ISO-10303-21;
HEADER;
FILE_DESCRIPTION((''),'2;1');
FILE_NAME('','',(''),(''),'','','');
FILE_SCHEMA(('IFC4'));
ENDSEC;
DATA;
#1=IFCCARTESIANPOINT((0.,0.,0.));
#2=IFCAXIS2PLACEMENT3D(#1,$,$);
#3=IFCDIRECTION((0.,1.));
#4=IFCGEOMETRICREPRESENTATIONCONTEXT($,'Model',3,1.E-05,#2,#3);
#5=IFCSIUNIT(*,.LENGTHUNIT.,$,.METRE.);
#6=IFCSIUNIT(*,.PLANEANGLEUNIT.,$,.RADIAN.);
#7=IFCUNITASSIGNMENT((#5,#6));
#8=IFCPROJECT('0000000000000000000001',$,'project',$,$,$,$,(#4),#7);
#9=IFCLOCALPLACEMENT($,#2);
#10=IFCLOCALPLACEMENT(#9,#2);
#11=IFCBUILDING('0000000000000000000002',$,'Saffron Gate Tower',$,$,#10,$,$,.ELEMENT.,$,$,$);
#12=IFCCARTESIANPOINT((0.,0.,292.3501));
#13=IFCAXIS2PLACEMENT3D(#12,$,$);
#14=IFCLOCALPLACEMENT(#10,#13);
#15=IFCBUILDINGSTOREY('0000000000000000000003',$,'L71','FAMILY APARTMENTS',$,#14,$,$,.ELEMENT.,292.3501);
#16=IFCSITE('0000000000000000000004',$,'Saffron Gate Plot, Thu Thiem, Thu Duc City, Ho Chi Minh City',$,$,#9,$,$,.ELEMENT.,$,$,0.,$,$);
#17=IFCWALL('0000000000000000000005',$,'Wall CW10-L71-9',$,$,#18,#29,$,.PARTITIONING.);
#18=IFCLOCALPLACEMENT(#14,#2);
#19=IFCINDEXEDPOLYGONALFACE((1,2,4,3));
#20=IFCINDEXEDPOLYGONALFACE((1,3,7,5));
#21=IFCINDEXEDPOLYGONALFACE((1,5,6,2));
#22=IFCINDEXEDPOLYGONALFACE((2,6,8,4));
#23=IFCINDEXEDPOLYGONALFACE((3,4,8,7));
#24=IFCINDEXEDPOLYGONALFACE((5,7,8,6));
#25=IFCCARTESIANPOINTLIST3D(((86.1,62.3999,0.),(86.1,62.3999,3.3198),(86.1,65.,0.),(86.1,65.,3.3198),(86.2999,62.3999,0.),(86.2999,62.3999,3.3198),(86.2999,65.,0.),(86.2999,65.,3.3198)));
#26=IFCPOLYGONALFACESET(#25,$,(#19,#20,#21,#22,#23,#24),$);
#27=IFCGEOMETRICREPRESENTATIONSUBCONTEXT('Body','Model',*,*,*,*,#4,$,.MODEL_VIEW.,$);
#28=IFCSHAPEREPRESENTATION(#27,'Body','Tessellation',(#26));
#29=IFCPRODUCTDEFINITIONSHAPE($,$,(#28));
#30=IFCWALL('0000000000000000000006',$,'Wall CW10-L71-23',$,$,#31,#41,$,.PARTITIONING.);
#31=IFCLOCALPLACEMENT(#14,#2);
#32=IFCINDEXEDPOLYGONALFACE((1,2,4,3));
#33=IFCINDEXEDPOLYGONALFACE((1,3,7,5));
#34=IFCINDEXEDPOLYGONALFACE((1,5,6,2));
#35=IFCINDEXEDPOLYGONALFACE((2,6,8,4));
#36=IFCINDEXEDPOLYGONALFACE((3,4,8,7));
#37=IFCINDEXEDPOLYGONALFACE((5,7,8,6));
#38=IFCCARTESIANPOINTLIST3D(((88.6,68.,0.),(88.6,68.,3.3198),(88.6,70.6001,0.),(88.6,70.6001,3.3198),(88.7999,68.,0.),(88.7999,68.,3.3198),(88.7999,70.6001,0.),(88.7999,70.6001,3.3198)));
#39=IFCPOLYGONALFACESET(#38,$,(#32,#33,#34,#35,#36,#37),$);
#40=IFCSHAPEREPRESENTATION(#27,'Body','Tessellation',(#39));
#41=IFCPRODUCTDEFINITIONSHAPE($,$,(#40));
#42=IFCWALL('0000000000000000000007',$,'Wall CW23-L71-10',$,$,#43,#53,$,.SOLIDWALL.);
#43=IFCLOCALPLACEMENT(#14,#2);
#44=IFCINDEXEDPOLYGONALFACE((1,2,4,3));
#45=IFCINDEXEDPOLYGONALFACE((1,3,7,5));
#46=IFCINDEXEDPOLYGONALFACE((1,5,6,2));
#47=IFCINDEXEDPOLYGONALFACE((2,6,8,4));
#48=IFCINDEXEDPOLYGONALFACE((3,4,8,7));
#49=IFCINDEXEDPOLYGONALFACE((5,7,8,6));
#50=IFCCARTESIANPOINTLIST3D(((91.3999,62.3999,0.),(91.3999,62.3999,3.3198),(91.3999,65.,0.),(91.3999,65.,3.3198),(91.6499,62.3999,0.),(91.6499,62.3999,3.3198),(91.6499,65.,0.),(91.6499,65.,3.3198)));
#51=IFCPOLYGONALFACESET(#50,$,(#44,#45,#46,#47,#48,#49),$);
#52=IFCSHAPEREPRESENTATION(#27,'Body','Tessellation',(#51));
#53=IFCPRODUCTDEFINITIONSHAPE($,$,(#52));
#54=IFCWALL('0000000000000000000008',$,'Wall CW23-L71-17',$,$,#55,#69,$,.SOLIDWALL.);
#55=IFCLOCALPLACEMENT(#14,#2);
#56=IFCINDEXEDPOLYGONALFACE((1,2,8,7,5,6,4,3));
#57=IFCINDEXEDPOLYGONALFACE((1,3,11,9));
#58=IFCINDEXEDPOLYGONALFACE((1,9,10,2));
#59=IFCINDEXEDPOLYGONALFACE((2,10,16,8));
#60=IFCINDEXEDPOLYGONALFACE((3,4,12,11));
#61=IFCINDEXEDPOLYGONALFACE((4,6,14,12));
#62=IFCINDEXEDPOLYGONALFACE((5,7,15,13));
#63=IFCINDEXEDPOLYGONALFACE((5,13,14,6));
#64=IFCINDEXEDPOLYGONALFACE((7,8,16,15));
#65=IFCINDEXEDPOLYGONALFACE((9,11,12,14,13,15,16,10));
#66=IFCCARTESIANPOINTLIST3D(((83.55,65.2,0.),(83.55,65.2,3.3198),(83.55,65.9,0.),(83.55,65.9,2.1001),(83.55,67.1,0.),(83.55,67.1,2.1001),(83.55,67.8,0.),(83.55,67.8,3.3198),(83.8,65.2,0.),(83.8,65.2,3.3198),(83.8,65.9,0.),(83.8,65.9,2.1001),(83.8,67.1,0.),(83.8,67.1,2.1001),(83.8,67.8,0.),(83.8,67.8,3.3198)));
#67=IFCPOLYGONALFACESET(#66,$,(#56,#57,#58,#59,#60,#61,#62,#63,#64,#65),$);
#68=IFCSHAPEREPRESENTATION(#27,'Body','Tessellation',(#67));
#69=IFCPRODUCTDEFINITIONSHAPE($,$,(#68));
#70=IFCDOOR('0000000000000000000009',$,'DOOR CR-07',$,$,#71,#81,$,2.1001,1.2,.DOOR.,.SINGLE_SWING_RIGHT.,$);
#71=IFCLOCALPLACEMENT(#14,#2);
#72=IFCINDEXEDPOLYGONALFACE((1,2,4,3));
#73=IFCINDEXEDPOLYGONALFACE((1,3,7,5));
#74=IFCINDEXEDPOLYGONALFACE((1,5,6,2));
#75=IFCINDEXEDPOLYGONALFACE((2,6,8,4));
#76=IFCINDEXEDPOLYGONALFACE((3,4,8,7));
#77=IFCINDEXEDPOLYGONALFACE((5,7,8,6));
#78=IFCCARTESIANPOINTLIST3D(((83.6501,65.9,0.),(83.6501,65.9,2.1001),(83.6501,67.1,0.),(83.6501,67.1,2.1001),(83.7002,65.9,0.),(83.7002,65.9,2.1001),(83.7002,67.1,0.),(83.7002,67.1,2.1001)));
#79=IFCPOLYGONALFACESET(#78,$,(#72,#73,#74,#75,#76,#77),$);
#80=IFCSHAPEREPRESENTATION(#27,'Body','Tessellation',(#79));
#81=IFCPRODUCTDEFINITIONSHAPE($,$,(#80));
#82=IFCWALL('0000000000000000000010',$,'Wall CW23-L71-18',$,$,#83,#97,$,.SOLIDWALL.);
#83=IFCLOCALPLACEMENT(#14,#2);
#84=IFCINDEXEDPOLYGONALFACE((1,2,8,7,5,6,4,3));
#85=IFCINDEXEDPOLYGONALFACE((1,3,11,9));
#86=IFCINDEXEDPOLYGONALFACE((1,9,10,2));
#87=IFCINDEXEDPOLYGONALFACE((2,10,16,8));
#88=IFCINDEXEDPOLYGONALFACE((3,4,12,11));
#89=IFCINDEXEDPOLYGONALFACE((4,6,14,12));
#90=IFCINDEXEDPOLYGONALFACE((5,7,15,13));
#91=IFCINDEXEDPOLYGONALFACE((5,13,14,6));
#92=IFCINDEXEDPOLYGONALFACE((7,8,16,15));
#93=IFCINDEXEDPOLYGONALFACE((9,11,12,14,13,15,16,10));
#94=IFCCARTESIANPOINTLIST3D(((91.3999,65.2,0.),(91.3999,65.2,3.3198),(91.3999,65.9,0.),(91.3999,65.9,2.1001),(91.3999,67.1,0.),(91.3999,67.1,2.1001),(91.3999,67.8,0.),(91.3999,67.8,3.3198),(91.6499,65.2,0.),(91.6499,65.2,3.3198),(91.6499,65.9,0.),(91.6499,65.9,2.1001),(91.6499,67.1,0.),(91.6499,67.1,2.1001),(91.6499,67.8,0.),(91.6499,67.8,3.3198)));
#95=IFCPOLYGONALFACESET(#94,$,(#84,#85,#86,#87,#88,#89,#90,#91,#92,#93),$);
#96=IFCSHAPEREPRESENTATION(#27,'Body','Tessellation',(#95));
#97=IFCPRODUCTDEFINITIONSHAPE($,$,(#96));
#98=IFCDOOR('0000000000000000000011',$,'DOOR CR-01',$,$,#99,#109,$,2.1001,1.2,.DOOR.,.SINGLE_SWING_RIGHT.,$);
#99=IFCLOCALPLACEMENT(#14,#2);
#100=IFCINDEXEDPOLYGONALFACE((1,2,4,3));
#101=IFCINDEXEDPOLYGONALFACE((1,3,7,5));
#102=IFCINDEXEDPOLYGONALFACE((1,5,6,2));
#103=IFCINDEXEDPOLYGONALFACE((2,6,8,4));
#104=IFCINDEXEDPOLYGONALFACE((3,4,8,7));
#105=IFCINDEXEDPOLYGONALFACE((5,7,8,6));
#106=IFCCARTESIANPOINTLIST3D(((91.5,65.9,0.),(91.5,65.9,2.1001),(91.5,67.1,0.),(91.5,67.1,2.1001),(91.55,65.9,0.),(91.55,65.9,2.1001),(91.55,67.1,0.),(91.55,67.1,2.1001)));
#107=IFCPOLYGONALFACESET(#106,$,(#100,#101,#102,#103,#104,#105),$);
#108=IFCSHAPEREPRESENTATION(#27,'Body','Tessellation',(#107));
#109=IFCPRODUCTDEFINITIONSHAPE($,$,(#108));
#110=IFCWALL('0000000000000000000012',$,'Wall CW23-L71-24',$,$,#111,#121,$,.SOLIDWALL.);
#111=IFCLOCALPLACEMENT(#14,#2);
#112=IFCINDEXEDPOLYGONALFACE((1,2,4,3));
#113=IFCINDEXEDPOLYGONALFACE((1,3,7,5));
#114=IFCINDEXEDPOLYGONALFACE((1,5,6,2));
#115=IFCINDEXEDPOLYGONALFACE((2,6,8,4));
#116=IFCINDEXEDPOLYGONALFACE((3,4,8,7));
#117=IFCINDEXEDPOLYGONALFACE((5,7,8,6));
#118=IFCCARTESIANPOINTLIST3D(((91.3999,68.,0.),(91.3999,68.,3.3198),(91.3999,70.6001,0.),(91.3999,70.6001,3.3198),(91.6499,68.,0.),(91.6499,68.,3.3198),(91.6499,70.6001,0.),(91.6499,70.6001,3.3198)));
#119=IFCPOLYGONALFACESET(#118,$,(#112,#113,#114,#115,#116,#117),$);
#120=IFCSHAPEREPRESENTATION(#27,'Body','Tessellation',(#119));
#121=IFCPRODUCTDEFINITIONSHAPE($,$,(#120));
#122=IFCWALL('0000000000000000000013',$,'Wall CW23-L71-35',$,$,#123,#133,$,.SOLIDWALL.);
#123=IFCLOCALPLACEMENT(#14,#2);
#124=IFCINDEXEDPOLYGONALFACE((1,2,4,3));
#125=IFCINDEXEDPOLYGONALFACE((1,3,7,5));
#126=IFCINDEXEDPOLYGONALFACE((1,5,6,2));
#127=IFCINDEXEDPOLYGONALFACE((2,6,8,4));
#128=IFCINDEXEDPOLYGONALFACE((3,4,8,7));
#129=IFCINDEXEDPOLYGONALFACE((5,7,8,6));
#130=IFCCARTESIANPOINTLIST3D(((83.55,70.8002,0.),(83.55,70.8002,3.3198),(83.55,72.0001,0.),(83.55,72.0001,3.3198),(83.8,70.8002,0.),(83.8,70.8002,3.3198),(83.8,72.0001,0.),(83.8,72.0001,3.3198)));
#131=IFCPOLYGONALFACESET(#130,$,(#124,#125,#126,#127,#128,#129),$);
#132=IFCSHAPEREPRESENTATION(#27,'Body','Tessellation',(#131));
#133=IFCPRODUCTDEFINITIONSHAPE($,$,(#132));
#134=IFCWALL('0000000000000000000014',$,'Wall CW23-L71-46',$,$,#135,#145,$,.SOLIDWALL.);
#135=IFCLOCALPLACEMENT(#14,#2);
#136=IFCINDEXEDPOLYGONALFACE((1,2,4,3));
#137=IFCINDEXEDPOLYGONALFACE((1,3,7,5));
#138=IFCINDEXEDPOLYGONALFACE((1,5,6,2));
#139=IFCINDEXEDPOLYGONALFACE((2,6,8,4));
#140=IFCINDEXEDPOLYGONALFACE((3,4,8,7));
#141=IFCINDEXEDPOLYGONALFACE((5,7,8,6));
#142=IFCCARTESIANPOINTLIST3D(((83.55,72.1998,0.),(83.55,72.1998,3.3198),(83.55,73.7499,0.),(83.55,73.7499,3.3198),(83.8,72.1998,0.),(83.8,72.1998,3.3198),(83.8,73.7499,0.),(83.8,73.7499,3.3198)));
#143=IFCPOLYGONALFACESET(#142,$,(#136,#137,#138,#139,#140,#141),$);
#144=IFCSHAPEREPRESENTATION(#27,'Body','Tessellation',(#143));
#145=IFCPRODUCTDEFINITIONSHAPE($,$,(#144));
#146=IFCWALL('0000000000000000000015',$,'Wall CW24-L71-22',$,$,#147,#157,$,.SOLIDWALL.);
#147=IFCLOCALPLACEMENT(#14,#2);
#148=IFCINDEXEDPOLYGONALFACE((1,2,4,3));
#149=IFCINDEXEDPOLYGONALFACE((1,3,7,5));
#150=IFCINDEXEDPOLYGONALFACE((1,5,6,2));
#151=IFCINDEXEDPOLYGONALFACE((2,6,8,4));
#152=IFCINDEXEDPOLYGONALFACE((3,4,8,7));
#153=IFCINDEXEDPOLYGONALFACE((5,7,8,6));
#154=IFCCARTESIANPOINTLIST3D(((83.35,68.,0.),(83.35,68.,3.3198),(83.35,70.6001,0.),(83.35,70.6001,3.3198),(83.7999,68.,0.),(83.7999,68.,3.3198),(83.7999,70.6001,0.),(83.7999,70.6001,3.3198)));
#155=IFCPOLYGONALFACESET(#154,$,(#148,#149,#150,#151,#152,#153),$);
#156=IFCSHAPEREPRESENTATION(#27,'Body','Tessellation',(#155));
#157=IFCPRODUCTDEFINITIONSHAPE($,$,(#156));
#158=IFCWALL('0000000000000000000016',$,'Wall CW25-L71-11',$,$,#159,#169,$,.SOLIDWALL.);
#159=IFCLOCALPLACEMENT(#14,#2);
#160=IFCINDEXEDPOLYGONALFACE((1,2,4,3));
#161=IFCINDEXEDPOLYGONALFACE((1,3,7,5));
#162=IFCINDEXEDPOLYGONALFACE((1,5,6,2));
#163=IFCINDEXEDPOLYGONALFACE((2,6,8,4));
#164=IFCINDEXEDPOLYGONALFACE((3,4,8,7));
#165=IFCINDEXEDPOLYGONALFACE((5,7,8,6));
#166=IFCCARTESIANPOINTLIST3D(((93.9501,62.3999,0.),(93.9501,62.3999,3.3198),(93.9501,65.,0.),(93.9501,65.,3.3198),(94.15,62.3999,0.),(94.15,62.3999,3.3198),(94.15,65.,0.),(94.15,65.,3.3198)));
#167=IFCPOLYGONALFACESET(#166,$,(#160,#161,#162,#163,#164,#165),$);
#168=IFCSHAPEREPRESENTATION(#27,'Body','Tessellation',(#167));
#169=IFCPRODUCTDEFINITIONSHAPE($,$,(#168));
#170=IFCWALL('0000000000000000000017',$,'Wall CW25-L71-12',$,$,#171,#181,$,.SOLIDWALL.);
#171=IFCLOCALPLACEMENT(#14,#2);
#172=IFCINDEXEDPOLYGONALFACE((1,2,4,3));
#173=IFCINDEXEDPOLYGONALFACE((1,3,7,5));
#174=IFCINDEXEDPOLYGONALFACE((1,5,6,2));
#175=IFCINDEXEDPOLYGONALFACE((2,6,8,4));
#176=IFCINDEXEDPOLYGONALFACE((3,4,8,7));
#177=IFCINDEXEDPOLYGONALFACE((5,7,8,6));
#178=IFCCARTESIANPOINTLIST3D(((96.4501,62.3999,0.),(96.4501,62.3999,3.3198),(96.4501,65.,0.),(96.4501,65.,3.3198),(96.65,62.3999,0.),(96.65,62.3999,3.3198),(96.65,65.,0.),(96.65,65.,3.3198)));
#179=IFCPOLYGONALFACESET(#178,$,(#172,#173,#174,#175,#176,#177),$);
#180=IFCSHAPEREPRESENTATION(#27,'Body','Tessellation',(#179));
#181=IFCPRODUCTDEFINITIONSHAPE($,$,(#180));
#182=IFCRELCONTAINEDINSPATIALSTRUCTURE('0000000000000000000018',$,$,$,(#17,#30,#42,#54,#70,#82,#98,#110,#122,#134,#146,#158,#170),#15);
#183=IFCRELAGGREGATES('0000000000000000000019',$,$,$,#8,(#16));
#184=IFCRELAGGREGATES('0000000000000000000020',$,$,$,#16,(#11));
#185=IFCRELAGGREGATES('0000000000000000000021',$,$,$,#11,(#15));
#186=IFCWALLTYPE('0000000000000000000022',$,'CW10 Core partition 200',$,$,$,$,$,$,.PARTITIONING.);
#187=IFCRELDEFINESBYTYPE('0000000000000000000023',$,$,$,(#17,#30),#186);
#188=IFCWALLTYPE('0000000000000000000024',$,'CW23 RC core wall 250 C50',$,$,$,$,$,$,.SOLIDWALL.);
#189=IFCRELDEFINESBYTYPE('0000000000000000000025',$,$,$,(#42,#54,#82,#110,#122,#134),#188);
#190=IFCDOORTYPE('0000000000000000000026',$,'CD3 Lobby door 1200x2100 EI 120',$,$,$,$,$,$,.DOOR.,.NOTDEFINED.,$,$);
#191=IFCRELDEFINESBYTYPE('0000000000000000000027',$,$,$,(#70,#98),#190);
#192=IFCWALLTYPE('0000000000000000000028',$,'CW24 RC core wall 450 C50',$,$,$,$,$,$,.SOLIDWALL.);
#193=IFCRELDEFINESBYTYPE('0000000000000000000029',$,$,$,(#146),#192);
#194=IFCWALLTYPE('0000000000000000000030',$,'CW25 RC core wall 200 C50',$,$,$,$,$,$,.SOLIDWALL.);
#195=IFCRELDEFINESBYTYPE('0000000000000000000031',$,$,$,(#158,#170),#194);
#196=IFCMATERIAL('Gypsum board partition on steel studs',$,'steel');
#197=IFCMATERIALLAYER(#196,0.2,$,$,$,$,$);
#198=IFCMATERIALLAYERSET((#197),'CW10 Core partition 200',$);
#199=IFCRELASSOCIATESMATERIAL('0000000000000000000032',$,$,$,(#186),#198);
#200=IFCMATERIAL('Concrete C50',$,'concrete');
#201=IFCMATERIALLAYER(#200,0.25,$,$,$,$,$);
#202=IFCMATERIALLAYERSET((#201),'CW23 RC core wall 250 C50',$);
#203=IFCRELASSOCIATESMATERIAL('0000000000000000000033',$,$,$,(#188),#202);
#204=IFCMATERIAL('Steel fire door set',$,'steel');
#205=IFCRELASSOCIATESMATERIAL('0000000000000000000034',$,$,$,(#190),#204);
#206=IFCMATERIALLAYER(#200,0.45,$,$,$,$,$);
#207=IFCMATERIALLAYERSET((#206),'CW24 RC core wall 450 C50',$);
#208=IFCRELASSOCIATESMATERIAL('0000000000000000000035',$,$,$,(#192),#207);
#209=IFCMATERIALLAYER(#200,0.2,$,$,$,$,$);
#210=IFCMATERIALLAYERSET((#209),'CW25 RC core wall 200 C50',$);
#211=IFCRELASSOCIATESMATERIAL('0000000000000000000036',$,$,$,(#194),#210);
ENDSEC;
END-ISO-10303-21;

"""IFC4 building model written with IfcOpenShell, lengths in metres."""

from ifc_helpers import new_model, si_unit, direction, frame, frame_2d, origin, place, context, subcontext, project, spatial, rectangle, extrude, material, layer, layer_set, type_object, element, fill, save


model = new_model("IFC4")

# Units and contexts
model_context = context("Model", 3, precision=1e-05, world=origin(), true_north=direction((0.0, 1.0)))
body_context = subcontext(model_context, "Body", "Model", "MODEL_VIEW")
ifc_project = project(units=[si_unit("LENGTHUNIT", "METRE"), si_unit("PLANEANGLEUNIT", "RADIAN")], contexts=[model_context])

# Site, building, storey
site_placement = place(None, origin())
site = spatial("IfcSite", under=ifc_project, at=site_placement, Name="Saffron Gate Plot, Thu Thiem, Thu Duc City, Ho Chi Minh City", CompositionType="ELEMENT", RefElevation=0.0)
building_placement = place(site_placement, origin())
building = spatial("IfcBuilding", under=site, at=building_placement, Name="Saffron Gate Tower", CompositionType="ELEMENT")
storey_placement = place(building_placement, frame((0.0, 0.0, 292.3501)))
storey = spatial("IfcBuildingStorey", under=building, at=storey_placement, Name="L71", Description="FAMILY APARTMENTS", CompositionType="ELEMENT", Elevation=292.3501)

# Walls
ifc_material_1 = material(Name="Gypsum board partition on steel studs", Category="steel")
ifc_layer_1 = layer(ifc_material_1, 0.2)
ifc_layer_set_1 = layer_set([ifc_layer_1], Name="CW10 Core partition 200")
wall_type_1 = type_object("IfcWallType", Name="CW10 Core partition 200", PredefinedType="PARTITIONING", material=ifc_layer_set_1)
for number, where, z_axis, x_axis, name in (
    (1, (86.2, 62.3999, 0.0), (0.0, 0.0, 1.0), (0.0, 1.0, 0.0), "Wall CW10-L71-9"),
    (2, (88.7, 68.0, 0.0), (0.0, 0.0, 1.0), (0.0, 1.0, 0.0), "Wall CW10-L71-23"),
):
    element("IfcWall", number, at=place(storey_placement, frame(where, z_axis=z_axis, x_axis=x_axis)), inside=storey, type_object=wall_type_1, Name=name, PredefinedType="PARTITIONING", context=body_context, shape_type="SweptSolid", body=[
        extrude(rectangle(XDim=2.6001, YDim=0.2, at=frame_2d((1.3, 0.0))), origin(), (0.0, 0.0, 1.0), 3.3198),
    ])
ifc_material_2 = material(Name="Concrete C50", Category="concrete")
ifc_layer_2 = layer(ifc_material_2, 0.25)
ifc_layer_set_2 = layer_set([ifc_layer_2], Name="CW23 RC core wall 250 C50")
wall_type_2 = type_object("IfcWallType", Name="CW23 RC core wall 250 C50", PredefinedType="SOLIDWALL", material=ifc_layer_set_2)
wall_1_placement = place(storey_placement, frame((91.5249, 62.3999, 0.0), z_axis=(0.0, 0.0, 1.0), x_axis=(0.0, 1.0, 0.0)))
element("IfcWall", 3, at=wall_1_placement, inside=storey, type_object=wall_type_2, Name="Wall CW23-L71-10", PredefinedType="SOLIDWALL", context=body_context, shape_type="SweptSolid", body=[
    extrude(rectangle(XDim=2.6001, YDim=0.25, at=frame_2d((1.3, 0.0))), origin(), (0.0, 0.0, 1.0), 3.3198),
])

# Walls, openings, doors
wall_2_placement = place(storey_placement, frame((83.675, 65.2, 0.0), z_axis=(0.0, 0.0, 1.0), x_axis=(0.0, 1.0, 0.0)))
wall_2 = element("IfcWall", 4, at=wall_2_placement, inside=storey, type_object=wall_type_2, Name="Wall CW23-L71-17", PredefinedType="SOLIDWALL", context=body_context, shape_type="SweptSolid", body=[
    extrude(rectangle(XDim=2.6001, YDim=0.25, at=frame_2d((1.3, 0.0))), origin(), (0.0, 0.0, 1.0), 3.3198),
])
opening_1_placement = place(wall_2_placement, frame((0.7, 0.0, 0.0)))
opening_1 = element("IfcOpeningElement", 5, at=opening_1_placement, cuts=wall_2, PredefinedType="OPENING", context=body_context, shape_type="SweptSolid", body=[
    extrude(rectangle(XDim=1.2, YDim=2.1001, at=frame_2d((0.6001, 1.05))), frame((0.0, 0.135, 0.0), z_axis=(0.0, -1.0, 0.0), x_axis=(1.0, 0.0, 0.0)), (0.0, 0.0, 1.0), 0.27),
])
ifc_material_3 = material(Name="Steel fire door set", Category="steel")
door_type_1 = type_object("IfcDoorType", Name="CD3 Lobby door 1200x2100 EI 120", OperationType="NOTDEFINED", PredefinedType="DOOR", material=ifc_material_3)
door_1_placement = place(opening_1_placement, origin())
door_1 = element("IfcDoor", 6, at=door_1_placement, inside=storey, type_object=door_type_1, Name="DOOR CR-07", OperationType="SINGLE_SWING_RIGHT", OverallHeight=2.1001, OverallWidth=1.2, PredefinedType="DOOR", context=body_context, shape_type="SweptSolid", body=[
    extrude(rectangle(XDim=1.2, YDim=2.1001, at=frame_2d((0.6001, 1.05))), frame((0.0, 0.0249, 0.0), z_axis=(0.0, -1.0, 0.0), x_axis=(1.0, 0.0, 0.0)), (0.0, 0.0, 1.0), 0.05),
])
fill(opening_1, door_1)
wall_3_placement = place(storey_placement, frame((91.5249, 65.2, 0.0), z_axis=(0.0, 0.0, 1.0), x_axis=(0.0, 1.0, 0.0)))
wall_3 = element("IfcWall", 7, at=wall_3_placement, inside=storey, type_object=wall_type_2, Name="Wall CW23-L71-18", PredefinedType="SOLIDWALL", context=body_context, shape_type="SweptSolid", body=[
    extrude(rectangle(XDim=2.6001, YDim=0.25, at=frame_2d((1.3, 0.0))), origin(), (0.0, 0.0, 1.0), 3.3198),
])
opening_2_placement = place(wall_3_placement, frame((0.7, 0.0, 0.0)))
opening_2 = element("IfcOpeningElement", 8, at=opening_2_placement, cuts=wall_3, PredefinedType="OPENING", context=body_context, shape_type="SweptSolid", body=[
    extrude(rectangle(XDim=1.2, YDim=2.1001, at=frame_2d((0.6001, 1.05))), frame((0.0, 0.135, 0.0), z_axis=(0.0, -1.0, 0.0), x_axis=(1.0, 0.0, 0.0)), (0.0, 0.0, 1.0), 0.27),
])
door_2_placement = place(opening_2_placement, origin())
door_2 = element("IfcDoor", 9, at=door_2_placement, inside=storey, type_object=door_type_1, Name="DOOR CR-01", OperationType="SINGLE_SWING_RIGHT", OverallHeight=2.1001, OverallWidth=1.2, PredefinedType="DOOR", context=body_context, shape_type="SweptSolid", body=[
    extrude(rectangle(XDim=1.2, YDim=2.1001, at=frame_2d((0.6001, 1.05))), frame((0.0, 0.0249, 0.0), z_axis=(0.0, -1.0, 0.0), x_axis=(1.0, 0.0, 0.0)), (0.0, 0.0, 1.0), 0.05),
])
fill(opening_2, door_2)

# Walls
wall_4_placement = place(storey_placement, frame((91.5249, 68.0, 0.0), z_axis=(0.0, 0.0, 1.0), x_axis=(0.0, 1.0, 0.0)))
element("IfcWall", 10, at=wall_4_placement, inside=storey, type_object=wall_type_2, Name="Wall CW23-L71-24", PredefinedType="SOLIDWALL", context=body_context, shape_type="SweptSolid", body=[
    extrude(rectangle(XDim=2.6001, YDim=0.25, at=frame_2d((1.3, 0.0))), origin(), (0.0, 0.0, 1.0), 3.3198),
])
wall_5_placement = place(storey_placement, frame((83.675, 70.8, 0.0), z_axis=(0.0, 0.0, 1.0), x_axis=(0.0, 1.0, 0.0)))
element("IfcWall", 11, at=wall_5_placement, inside=storey, type_object=wall_type_2, Name="Wall CW23-L71-35", PredefinedType="SOLIDWALL", context=body_context, shape_type="SweptSolid", body=[
    extrude(rectangle(XDim=1.2, YDim=0.25, at=frame_2d((0.6001, 0.0))), origin(), (0.0, 0.0, 1.0), 3.3198),
])
wall_6_placement = place(storey_placement, frame((83.675, 72.2, 0.0), z_axis=(0.0, 0.0, 1.0), x_axis=(0.0, 1.0, 0.0)))
element("IfcWall", 12, at=wall_6_placement, inside=storey, type_object=wall_type_2, Name="Wall CW23-L71-46", PredefinedType="SOLIDWALL", context=body_context, shape_type="SweptSolid", body=[
    extrude(rectangle(XDim=1.55, YDim=0.25, at=frame_2d((0.7749, 0.0))), origin(), (0.0, 0.0, 1.0), 3.3198),
])
ifc_layer_3 = layer(ifc_material_2, 0.45)
ifc_layer_set_3 = layer_set([ifc_layer_3], Name="CW24 RC core wall 450 C50")
wall_type_3 = type_object("IfcWallType", Name="CW24 RC core wall 450 C50", PredefinedType="SOLIDWALL", material=ifc_layer_set_3)
wall_7_placement = place(storey_placement, frame((83.575, 68.0, 0.0), z_axis=(0.0, 0.0, 1.0), x_axis=(0.0, 1.0, 0.0)))
element("IfcWall", 13, at=wall_7_placement, inside=storey, type_object=wall_type_3, Name="Wall CW24-L71-22", PredefinedType="SOLIDWALL", context=body_context, shape_type="SweptSolid", body=[
    extrude(rectangle(XDim=2.6001, YDim=0.45, at=frame_2d((1.3, 0.0))), origin(), (0.0, 0.0, 1.0), 3.3198),
])
ifc_layer_4 = layer(ifc_material_2, 0.2)
ifc_layer_set_4 = layer_set([ifc_layer_4], Name="CW25 RC core wall 200 C50")
wall_type_4 = type_object("IfcWallType", Name="CW25 RC core wall 200 C50", PredefinedType="SOLIDWALL", material=ifc_layer_set_4)
for number, where, z_axis, x_axis, name in (
    (14, (94.05, 62.3999, 0.0), (0.0, 0.0, 1.0), (0.0, 1.0, 0.0), "Wall CW25-L71-11"),
    (15, (96.55, 62.3999, 0.0), (0.0, 0.0, 1.0), (0.0, 1.0, 0.0), "Wall CW25-L71-12"),
):
    element("IfcWall", number, at=place(storey_placement, frame(where, z_axis=z_axis, x_axis=x_axis)), inside=storey, type_object=wall_type_4, Name=name, PredefinedType="SOLIDWALL", context=body_context, shape_type="SweptSolid", body=[
        extrude(rectangle(XDim=2.6001, YDim=0.2, at=frame_2d((1.3, 0.0))), origin(), (0.0, 0.0, 1.0), 3.3198),
    ])

save(model, "model.ifc")
